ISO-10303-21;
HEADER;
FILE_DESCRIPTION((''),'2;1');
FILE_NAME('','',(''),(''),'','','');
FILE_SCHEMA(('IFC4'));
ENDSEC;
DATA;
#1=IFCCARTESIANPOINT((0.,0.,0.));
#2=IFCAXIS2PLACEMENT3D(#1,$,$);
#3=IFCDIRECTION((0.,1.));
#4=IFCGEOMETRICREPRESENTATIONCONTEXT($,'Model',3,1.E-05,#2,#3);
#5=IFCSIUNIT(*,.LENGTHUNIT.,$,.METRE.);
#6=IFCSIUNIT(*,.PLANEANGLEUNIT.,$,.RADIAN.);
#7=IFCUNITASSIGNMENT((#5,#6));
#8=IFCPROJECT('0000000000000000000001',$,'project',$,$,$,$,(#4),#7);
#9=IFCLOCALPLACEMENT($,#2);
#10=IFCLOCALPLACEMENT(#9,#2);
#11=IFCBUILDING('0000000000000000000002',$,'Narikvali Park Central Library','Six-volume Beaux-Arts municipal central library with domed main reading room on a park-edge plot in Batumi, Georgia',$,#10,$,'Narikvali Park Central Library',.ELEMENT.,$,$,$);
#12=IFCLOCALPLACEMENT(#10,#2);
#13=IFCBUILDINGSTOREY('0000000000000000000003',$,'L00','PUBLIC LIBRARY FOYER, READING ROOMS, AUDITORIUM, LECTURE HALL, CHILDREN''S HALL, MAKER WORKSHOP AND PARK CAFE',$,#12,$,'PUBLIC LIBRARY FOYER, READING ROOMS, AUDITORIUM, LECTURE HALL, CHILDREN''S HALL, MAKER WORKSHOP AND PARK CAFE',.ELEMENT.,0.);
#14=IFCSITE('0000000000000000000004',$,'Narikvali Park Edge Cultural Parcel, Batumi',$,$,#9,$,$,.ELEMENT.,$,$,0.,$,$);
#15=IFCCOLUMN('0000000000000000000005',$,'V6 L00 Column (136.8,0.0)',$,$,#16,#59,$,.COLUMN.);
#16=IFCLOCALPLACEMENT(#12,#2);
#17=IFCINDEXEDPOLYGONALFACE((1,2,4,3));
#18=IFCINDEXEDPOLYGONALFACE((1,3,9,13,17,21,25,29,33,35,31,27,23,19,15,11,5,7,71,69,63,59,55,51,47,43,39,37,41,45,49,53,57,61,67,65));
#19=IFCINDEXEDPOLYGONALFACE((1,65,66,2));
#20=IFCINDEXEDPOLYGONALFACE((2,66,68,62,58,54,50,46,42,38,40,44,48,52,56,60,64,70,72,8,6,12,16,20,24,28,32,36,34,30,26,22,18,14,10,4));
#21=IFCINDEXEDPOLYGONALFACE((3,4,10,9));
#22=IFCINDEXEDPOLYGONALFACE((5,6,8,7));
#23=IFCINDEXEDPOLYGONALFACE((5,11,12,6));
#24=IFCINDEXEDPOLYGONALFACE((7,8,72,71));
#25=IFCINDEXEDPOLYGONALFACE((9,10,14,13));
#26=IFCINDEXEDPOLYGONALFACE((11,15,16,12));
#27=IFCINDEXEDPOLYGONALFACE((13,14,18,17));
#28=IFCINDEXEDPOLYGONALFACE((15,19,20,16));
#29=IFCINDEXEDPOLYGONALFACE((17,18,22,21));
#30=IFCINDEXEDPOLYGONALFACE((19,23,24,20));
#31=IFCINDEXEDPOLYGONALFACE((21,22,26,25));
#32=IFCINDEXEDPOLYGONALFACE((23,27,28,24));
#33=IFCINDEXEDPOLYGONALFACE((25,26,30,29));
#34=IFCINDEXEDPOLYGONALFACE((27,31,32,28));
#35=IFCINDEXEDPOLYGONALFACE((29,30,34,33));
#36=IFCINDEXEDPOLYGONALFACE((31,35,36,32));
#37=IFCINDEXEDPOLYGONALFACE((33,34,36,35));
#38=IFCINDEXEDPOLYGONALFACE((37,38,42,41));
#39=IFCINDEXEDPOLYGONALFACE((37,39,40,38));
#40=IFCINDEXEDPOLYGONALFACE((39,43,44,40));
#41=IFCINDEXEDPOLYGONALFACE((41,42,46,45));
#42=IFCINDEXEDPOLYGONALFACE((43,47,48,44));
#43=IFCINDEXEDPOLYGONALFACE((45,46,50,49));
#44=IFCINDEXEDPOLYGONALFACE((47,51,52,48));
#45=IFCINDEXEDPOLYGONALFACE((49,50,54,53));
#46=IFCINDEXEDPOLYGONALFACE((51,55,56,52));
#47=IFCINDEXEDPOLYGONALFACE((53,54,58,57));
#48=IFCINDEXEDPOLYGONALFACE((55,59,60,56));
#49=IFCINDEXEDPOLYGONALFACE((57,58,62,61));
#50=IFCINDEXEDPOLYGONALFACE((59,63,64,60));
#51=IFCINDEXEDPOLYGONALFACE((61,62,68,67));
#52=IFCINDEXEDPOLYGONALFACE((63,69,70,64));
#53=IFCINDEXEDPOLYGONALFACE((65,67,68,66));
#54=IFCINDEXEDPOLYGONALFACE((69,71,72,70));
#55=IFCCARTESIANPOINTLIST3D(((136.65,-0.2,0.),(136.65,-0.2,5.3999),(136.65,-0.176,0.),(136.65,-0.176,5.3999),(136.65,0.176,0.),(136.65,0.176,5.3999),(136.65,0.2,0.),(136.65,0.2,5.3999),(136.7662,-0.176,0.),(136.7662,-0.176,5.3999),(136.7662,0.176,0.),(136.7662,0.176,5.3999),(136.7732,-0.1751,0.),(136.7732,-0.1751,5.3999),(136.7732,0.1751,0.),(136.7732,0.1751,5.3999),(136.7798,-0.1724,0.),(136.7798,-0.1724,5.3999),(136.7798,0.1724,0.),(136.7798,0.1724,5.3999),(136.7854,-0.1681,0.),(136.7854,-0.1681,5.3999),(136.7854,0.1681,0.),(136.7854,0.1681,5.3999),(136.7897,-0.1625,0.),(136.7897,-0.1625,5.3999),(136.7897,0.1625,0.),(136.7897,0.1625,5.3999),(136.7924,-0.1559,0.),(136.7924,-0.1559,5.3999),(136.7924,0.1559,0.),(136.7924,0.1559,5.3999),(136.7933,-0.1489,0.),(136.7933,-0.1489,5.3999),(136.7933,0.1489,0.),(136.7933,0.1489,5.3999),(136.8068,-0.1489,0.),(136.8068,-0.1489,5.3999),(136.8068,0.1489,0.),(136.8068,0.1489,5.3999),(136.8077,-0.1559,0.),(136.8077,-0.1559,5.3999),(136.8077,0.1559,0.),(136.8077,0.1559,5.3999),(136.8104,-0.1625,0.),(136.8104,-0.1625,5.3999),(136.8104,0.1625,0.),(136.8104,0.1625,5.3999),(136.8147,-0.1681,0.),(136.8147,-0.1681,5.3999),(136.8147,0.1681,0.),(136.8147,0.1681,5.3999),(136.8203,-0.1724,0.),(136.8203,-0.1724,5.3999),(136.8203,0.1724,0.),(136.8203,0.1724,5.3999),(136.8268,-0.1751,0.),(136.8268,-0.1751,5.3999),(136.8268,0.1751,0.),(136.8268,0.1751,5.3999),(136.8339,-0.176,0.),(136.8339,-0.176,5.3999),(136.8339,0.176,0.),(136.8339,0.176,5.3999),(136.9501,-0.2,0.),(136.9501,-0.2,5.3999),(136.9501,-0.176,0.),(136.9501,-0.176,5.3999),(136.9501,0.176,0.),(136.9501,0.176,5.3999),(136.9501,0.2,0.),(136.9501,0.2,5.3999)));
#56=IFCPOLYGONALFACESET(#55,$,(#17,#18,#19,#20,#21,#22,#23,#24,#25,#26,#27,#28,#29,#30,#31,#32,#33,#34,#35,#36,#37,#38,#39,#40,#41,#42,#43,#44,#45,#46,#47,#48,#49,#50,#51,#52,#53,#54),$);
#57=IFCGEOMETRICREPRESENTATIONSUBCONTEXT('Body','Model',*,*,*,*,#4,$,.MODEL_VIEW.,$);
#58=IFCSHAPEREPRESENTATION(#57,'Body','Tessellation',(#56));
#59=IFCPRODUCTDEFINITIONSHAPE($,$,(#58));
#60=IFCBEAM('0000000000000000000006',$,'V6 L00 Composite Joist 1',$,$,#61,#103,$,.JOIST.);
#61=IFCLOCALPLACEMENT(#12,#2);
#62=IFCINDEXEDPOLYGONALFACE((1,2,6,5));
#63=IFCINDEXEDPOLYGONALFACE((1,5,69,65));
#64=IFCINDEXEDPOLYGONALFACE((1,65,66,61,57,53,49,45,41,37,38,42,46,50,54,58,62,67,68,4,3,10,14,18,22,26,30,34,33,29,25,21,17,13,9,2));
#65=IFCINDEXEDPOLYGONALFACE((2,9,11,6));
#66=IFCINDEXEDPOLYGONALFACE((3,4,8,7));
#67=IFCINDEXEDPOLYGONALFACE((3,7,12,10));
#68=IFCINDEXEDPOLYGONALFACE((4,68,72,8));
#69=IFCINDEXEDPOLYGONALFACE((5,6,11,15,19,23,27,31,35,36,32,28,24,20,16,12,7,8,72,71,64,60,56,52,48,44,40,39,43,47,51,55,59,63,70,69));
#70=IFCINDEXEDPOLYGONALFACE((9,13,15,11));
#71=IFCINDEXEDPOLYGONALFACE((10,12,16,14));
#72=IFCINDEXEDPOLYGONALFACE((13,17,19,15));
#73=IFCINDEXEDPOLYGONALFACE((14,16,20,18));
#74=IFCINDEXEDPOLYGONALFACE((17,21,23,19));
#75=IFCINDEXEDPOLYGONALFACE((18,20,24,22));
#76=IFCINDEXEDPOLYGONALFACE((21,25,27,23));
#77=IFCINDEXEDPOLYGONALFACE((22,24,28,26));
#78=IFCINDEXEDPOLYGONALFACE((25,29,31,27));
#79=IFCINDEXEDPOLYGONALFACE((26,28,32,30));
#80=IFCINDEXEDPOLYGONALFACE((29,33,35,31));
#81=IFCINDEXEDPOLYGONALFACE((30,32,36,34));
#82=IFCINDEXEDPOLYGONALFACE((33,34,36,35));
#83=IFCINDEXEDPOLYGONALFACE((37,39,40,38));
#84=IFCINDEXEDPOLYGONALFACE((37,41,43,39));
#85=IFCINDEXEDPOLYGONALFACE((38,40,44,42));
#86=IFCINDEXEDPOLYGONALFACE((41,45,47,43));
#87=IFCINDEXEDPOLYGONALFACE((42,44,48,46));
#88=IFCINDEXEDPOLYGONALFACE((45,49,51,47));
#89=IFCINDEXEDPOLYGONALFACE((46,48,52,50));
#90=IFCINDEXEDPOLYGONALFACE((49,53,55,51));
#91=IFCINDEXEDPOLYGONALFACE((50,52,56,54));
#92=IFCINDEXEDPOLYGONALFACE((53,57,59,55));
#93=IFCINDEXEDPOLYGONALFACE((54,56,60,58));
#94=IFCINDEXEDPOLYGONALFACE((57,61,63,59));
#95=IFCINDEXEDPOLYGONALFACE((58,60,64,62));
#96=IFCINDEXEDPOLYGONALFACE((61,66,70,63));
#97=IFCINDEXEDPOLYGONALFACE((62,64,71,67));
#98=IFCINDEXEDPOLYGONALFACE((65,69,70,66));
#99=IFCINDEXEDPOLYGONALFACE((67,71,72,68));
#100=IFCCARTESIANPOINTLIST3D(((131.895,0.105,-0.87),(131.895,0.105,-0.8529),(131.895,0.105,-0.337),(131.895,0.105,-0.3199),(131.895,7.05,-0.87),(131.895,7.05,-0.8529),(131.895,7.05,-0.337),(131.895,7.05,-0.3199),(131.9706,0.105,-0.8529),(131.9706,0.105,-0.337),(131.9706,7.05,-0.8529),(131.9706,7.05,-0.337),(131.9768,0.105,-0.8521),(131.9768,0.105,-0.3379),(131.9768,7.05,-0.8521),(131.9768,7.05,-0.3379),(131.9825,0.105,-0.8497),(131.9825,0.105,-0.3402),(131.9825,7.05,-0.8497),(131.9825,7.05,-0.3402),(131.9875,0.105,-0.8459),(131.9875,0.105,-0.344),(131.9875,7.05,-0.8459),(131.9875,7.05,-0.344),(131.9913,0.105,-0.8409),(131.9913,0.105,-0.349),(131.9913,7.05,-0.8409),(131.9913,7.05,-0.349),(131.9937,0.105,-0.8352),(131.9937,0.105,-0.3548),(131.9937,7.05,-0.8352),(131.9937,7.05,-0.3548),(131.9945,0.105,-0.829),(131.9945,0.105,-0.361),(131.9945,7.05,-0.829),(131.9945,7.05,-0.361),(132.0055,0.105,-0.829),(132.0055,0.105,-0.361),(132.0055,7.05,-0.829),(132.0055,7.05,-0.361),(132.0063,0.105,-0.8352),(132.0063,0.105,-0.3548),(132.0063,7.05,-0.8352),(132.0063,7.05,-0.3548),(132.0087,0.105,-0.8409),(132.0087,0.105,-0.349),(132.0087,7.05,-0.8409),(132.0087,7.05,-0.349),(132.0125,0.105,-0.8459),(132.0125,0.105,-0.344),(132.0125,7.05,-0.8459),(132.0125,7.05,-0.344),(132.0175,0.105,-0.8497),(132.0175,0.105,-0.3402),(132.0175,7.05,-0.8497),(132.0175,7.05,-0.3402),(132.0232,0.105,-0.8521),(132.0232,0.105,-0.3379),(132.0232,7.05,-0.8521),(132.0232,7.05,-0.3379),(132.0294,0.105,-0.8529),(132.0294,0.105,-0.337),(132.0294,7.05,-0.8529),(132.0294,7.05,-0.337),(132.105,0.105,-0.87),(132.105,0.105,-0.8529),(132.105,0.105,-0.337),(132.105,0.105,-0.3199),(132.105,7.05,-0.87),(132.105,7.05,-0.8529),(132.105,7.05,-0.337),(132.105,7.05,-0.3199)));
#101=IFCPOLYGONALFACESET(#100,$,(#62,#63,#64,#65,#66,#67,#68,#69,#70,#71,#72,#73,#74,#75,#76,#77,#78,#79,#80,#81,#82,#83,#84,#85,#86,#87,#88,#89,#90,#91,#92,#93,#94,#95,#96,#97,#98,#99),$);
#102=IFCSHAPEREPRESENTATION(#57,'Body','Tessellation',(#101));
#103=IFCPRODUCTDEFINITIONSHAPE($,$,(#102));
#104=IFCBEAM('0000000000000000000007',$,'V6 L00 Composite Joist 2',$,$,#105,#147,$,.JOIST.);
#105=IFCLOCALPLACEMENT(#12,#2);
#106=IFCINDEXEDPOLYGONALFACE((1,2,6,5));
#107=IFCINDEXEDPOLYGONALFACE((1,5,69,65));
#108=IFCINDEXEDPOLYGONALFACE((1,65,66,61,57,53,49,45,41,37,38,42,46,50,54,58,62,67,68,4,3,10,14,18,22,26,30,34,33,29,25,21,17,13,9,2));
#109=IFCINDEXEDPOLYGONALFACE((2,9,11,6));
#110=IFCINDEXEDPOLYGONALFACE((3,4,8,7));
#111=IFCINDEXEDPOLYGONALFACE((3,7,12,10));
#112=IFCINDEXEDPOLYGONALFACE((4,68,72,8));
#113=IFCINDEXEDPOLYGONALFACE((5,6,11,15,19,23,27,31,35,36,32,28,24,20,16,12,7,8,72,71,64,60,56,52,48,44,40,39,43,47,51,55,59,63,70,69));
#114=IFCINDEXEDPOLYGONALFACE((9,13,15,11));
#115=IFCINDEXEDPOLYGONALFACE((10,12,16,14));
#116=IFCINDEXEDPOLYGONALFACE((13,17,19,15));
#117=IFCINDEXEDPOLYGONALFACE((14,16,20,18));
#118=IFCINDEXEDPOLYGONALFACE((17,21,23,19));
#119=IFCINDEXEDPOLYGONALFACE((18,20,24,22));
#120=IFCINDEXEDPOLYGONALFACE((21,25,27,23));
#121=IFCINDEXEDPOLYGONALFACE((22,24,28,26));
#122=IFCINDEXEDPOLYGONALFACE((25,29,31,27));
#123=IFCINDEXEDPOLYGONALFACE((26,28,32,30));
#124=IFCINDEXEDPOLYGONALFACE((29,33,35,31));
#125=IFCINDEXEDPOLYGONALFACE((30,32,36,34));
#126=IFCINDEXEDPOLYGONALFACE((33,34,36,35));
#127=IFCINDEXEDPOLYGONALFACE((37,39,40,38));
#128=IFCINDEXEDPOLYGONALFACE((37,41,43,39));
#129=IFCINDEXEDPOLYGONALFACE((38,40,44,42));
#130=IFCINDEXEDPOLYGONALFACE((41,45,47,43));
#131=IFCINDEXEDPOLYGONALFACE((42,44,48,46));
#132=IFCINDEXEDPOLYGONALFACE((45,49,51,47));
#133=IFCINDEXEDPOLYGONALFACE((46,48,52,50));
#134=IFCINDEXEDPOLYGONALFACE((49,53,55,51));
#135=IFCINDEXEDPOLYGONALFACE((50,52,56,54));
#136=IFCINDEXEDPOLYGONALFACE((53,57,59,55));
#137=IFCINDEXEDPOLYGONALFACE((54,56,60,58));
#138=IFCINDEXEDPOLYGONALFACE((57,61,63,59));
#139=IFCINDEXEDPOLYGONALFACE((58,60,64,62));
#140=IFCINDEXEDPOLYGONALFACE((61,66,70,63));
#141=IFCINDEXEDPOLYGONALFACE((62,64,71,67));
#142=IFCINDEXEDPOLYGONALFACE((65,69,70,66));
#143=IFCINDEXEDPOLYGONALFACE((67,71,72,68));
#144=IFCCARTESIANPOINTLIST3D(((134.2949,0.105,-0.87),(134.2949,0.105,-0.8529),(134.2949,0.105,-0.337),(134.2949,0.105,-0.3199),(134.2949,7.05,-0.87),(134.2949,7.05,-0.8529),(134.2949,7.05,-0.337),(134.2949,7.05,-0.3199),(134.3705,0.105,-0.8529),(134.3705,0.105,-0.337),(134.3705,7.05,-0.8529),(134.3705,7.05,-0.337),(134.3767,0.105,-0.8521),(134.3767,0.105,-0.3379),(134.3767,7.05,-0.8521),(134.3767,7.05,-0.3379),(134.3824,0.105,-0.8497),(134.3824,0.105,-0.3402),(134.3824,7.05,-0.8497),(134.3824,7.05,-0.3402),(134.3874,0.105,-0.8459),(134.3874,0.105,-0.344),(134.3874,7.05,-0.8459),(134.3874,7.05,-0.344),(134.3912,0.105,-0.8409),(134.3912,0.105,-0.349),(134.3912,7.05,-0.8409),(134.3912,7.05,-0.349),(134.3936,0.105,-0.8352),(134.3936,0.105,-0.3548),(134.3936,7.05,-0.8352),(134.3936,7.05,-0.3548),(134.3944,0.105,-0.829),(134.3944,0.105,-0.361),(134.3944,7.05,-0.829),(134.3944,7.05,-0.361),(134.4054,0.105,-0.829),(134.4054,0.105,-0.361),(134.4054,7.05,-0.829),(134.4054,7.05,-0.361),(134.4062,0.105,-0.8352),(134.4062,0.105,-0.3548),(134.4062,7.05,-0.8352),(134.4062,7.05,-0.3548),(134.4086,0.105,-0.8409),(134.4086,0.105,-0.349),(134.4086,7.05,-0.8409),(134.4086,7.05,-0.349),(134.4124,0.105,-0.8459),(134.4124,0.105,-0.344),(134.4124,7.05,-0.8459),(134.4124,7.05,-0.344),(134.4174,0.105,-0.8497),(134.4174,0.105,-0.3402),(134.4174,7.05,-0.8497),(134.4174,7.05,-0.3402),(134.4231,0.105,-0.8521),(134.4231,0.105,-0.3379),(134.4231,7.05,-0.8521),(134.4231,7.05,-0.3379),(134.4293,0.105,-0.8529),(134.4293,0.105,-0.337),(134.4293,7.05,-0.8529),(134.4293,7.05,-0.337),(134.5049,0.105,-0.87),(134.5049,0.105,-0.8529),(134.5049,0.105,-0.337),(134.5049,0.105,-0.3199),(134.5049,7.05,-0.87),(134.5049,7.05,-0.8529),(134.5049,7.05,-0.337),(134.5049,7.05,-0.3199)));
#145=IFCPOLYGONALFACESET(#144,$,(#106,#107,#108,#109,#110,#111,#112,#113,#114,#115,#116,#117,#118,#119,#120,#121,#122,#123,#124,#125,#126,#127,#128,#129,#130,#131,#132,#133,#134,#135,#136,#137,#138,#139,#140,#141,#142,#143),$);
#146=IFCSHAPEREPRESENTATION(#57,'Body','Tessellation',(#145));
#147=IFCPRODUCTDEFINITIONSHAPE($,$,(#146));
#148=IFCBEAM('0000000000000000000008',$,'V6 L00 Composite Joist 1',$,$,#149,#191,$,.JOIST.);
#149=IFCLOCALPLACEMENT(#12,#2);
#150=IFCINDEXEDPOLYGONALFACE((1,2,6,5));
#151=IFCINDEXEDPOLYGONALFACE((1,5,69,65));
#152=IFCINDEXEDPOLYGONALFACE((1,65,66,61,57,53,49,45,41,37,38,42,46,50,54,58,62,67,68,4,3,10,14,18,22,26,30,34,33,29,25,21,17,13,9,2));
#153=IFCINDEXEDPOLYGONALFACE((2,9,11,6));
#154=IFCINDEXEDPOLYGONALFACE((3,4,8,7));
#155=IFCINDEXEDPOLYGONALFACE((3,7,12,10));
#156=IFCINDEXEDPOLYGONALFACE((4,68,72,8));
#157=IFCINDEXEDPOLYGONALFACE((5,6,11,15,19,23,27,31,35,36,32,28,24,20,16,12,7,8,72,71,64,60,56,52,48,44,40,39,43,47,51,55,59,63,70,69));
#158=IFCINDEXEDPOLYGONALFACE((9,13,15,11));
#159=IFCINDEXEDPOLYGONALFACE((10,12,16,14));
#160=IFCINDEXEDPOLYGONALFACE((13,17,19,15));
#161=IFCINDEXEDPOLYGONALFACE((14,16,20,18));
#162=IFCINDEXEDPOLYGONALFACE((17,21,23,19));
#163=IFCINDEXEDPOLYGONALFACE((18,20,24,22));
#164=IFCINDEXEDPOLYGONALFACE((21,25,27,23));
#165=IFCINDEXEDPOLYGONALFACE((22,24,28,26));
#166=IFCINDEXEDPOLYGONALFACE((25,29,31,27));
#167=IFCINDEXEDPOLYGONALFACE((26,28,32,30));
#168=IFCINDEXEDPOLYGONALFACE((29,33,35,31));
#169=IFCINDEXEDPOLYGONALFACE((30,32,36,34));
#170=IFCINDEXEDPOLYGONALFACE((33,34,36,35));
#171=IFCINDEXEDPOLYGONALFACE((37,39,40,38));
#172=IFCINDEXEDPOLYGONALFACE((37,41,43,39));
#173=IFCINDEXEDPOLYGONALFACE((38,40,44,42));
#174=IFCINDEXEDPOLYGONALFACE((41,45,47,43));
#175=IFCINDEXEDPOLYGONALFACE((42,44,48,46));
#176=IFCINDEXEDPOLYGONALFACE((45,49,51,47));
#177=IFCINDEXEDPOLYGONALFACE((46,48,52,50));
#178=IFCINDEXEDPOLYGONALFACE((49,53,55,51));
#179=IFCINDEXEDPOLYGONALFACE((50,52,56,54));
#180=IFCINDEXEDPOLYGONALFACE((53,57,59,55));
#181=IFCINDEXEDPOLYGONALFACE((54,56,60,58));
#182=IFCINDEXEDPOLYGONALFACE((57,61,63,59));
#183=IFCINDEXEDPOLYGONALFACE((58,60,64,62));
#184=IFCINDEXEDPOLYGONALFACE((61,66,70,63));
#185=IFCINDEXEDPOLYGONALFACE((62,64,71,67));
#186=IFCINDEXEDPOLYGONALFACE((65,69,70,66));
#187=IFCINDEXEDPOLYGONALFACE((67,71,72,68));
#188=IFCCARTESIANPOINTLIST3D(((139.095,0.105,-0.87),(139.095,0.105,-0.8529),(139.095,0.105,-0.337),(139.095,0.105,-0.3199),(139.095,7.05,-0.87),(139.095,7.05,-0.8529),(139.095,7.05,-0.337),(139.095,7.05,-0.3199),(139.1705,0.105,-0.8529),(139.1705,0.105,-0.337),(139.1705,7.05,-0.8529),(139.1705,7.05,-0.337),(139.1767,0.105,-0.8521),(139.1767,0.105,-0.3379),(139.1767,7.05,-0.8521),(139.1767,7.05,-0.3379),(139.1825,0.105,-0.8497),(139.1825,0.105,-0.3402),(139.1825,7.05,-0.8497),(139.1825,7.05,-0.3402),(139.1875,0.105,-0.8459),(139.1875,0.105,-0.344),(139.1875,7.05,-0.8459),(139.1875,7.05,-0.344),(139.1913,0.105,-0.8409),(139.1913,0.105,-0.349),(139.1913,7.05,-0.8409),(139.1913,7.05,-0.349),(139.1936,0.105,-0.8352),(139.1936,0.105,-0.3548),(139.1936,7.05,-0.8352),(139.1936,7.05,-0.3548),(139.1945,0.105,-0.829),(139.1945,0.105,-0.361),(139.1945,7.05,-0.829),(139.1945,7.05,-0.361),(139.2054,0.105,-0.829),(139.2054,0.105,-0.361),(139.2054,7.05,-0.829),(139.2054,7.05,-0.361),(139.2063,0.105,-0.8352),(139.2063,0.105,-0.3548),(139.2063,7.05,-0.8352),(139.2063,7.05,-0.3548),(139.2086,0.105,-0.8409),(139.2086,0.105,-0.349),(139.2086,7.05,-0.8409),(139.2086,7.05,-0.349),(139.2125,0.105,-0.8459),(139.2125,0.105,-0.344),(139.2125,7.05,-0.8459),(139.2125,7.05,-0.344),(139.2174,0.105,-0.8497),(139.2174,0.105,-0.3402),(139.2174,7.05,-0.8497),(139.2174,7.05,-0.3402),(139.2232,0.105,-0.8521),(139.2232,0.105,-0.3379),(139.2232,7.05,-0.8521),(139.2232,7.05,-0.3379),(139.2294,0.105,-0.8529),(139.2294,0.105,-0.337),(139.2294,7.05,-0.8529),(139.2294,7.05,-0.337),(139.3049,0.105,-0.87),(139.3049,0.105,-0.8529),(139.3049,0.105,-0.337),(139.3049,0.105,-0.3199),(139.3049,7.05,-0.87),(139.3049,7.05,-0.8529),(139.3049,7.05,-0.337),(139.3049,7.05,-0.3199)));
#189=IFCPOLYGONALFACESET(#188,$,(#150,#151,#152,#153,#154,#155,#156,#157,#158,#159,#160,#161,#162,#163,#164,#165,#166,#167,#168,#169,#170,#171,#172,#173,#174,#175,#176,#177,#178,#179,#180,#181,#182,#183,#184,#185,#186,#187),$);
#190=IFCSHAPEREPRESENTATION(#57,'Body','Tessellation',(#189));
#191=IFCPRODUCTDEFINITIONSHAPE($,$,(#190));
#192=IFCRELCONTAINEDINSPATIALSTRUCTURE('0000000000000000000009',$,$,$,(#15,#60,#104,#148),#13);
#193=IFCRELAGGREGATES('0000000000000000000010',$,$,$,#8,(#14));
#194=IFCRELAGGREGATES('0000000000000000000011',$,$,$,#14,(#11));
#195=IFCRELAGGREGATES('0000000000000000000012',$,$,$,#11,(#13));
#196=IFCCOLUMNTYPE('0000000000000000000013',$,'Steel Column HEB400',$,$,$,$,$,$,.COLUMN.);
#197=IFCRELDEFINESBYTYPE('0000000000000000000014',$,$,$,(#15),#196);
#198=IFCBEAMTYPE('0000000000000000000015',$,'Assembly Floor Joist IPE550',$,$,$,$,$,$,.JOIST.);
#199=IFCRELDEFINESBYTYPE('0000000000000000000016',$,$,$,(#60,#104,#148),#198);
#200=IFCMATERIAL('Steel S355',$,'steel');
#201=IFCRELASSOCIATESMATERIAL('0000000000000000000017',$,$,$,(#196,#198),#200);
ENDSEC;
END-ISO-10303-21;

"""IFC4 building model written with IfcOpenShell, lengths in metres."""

from ifc_helpers import new_model, si_unit, direction, frame, origin, origin_2d, place, context, subcontext, project, spatial, i_section, extrude, material, material_profile, profile_set, type_object, element, save


model = new_model("IFC4")

# Units and contexts
model_context = context("Model", 3, precision=1e-05, world=origin(), true_north=direction((0.0, 1.0)))
body_context = subcontext(model_context, "Body", "Model", "MODEL_VIEW")
ifc_project = project(units=[si_unit("LENGTHUNIT", "METRE"), si_unit("PLANEANGLEUNIT", "RADIAN")], contexts=[model_context])

# Site, building, storey
site_placement = place(None, origin())
site = spatial("IfcSite", under=ifc_project, at=site_placement, Name="Narikvali Park Edge Cultural Parcel, Batumi", CompositionType="ELEMENT", RefElevation=0.0)
building_placement = place(site_placement, origin())
building = spatial("IfcBuilding", under=site, at=building_placement, Name="Narikvali Park Central Library", Description="Six-volume Beaux-Arts municipal central library with domed main reading room on a park-edge plot in Batumi, Georgia", LongName="Narikvali Park Central Library", CompositionType="ELEMENT")
storey_placement = place(building_placement, origin())
storey = spatial("IfcBuildingStorey", under=building, at=storey_placement, Name="L00", Description="PUBLIC LIBRARY FOYER, READING ROOMS, AUDITORIUM, LECTURE HALL, CHILDREN'S HALL, MAKER WORKSHOP AND PARK CAFE", LongName="PUBLIC LIBRARY FOYER, READING ROOMS, AUDITORIUM, LECTURE HALL, CHILDREN'S HALL, MAKER WORKSHOP AND PARK CAFE", CompositionType="ELEMENT", Elevation=0.0)

# Column
ifc_material_1 = material(Name="Steel S355", Category="steel")
ifc_material_profile_1 = material_profile(ifc_material_1, i_section(OverallWidth=0.3, OverallDepth=0.3999, WebThickness=0.0134, FlangeThickness=0.0239, FilletRadius=0.0271, at=origin_2d()), Name="HEB 400")
ifc_profile_set_1 = profile_set([ifc_material_profile_1], Name="Steel S355")
column_type = type_object("IfcColumnType", Name="Steel Column HEB400", PredefinedType="COLUMN", material=ifc_profile_set_1)
column_placement = place(storey_placement, frame((136.8, 0.0, 0.0), z_axis=(0.0, 0.0, 1.0), x_axis=(1.0, 0.0, 0.0)))
element("IfcColumn", 1, at=column_placement, inside=storey, type_object=column_type, Name="V6 L00 Column (136.8,0.0)", PredefinedType="COLUMN", context=body_context, shape_type="SweptSolid", body=[
    extrude(i_section(OverallWidth=0.3, OverallDepth=0.3999, WebThickness=0.0134, FlangeThickness=0.0239, FilletRadius=0.0271, at=origin_2d()), origin(), (0.0, 0.0, 1.0), 5.3999),
])

# Beams
ifc_material_profile_2 = material_profile(ifc_material_1, i_section(OverallWidth=0.21, OverallDepth=0.55, WebThickness=0.011, FlangeThickness=0.0171, FilletRadius=0.0239, at=origin_2d()), Name="IPE 550")
ifc_profile_set_2 = profile_set([ifc_material_profile_2], Name="Steel S355")
beam_type_1 = type_object("IfcBeamType", Name="Assembly Floor Joist IPE550", PredefinedType="JOIST", material=ifc_profile_set_2)
for number, where, z_axis, x_axis, name in (
    (2, (132.0, 0.105, -0.595), (0.0, 1.0, 0.0), (-1.0, 0.0, 0.0), "V6 L00 Composite Joist 1"),
    (3, (134.3999, 0.105, -0.595), (0.0, 1.0, 0.0), (-1.0, 0.0, 0.0), "V6 L00 Composite Joist 2"),
    (4, (139.2, 0.105, -0.595), (0.0, 1.0, 0.0), (-1.0, 0.0, 0.0), "V6 L00 Composite Joist 1"),
):
    element("IfcBeam", number, at=place(storey_placement, frame(where, z_axis=z_axis, x_axis=x_axis)), inside=storey, type_object=beam_type_1, Name=name, PredefinedType="JOIST", context=body_context, shape_type="SweptSolid", body=[
        extrude(i_section(OverallWidth=0.21, OverallDepth=0.55, WebThickness=0.011, FlangeThickness=0.0171, FilletRadius=0.0239, at=origin_2d()), origin(), (0.0, 0.0, 1.0), 6.9451),
    ])

save(model, "model.ifc")
